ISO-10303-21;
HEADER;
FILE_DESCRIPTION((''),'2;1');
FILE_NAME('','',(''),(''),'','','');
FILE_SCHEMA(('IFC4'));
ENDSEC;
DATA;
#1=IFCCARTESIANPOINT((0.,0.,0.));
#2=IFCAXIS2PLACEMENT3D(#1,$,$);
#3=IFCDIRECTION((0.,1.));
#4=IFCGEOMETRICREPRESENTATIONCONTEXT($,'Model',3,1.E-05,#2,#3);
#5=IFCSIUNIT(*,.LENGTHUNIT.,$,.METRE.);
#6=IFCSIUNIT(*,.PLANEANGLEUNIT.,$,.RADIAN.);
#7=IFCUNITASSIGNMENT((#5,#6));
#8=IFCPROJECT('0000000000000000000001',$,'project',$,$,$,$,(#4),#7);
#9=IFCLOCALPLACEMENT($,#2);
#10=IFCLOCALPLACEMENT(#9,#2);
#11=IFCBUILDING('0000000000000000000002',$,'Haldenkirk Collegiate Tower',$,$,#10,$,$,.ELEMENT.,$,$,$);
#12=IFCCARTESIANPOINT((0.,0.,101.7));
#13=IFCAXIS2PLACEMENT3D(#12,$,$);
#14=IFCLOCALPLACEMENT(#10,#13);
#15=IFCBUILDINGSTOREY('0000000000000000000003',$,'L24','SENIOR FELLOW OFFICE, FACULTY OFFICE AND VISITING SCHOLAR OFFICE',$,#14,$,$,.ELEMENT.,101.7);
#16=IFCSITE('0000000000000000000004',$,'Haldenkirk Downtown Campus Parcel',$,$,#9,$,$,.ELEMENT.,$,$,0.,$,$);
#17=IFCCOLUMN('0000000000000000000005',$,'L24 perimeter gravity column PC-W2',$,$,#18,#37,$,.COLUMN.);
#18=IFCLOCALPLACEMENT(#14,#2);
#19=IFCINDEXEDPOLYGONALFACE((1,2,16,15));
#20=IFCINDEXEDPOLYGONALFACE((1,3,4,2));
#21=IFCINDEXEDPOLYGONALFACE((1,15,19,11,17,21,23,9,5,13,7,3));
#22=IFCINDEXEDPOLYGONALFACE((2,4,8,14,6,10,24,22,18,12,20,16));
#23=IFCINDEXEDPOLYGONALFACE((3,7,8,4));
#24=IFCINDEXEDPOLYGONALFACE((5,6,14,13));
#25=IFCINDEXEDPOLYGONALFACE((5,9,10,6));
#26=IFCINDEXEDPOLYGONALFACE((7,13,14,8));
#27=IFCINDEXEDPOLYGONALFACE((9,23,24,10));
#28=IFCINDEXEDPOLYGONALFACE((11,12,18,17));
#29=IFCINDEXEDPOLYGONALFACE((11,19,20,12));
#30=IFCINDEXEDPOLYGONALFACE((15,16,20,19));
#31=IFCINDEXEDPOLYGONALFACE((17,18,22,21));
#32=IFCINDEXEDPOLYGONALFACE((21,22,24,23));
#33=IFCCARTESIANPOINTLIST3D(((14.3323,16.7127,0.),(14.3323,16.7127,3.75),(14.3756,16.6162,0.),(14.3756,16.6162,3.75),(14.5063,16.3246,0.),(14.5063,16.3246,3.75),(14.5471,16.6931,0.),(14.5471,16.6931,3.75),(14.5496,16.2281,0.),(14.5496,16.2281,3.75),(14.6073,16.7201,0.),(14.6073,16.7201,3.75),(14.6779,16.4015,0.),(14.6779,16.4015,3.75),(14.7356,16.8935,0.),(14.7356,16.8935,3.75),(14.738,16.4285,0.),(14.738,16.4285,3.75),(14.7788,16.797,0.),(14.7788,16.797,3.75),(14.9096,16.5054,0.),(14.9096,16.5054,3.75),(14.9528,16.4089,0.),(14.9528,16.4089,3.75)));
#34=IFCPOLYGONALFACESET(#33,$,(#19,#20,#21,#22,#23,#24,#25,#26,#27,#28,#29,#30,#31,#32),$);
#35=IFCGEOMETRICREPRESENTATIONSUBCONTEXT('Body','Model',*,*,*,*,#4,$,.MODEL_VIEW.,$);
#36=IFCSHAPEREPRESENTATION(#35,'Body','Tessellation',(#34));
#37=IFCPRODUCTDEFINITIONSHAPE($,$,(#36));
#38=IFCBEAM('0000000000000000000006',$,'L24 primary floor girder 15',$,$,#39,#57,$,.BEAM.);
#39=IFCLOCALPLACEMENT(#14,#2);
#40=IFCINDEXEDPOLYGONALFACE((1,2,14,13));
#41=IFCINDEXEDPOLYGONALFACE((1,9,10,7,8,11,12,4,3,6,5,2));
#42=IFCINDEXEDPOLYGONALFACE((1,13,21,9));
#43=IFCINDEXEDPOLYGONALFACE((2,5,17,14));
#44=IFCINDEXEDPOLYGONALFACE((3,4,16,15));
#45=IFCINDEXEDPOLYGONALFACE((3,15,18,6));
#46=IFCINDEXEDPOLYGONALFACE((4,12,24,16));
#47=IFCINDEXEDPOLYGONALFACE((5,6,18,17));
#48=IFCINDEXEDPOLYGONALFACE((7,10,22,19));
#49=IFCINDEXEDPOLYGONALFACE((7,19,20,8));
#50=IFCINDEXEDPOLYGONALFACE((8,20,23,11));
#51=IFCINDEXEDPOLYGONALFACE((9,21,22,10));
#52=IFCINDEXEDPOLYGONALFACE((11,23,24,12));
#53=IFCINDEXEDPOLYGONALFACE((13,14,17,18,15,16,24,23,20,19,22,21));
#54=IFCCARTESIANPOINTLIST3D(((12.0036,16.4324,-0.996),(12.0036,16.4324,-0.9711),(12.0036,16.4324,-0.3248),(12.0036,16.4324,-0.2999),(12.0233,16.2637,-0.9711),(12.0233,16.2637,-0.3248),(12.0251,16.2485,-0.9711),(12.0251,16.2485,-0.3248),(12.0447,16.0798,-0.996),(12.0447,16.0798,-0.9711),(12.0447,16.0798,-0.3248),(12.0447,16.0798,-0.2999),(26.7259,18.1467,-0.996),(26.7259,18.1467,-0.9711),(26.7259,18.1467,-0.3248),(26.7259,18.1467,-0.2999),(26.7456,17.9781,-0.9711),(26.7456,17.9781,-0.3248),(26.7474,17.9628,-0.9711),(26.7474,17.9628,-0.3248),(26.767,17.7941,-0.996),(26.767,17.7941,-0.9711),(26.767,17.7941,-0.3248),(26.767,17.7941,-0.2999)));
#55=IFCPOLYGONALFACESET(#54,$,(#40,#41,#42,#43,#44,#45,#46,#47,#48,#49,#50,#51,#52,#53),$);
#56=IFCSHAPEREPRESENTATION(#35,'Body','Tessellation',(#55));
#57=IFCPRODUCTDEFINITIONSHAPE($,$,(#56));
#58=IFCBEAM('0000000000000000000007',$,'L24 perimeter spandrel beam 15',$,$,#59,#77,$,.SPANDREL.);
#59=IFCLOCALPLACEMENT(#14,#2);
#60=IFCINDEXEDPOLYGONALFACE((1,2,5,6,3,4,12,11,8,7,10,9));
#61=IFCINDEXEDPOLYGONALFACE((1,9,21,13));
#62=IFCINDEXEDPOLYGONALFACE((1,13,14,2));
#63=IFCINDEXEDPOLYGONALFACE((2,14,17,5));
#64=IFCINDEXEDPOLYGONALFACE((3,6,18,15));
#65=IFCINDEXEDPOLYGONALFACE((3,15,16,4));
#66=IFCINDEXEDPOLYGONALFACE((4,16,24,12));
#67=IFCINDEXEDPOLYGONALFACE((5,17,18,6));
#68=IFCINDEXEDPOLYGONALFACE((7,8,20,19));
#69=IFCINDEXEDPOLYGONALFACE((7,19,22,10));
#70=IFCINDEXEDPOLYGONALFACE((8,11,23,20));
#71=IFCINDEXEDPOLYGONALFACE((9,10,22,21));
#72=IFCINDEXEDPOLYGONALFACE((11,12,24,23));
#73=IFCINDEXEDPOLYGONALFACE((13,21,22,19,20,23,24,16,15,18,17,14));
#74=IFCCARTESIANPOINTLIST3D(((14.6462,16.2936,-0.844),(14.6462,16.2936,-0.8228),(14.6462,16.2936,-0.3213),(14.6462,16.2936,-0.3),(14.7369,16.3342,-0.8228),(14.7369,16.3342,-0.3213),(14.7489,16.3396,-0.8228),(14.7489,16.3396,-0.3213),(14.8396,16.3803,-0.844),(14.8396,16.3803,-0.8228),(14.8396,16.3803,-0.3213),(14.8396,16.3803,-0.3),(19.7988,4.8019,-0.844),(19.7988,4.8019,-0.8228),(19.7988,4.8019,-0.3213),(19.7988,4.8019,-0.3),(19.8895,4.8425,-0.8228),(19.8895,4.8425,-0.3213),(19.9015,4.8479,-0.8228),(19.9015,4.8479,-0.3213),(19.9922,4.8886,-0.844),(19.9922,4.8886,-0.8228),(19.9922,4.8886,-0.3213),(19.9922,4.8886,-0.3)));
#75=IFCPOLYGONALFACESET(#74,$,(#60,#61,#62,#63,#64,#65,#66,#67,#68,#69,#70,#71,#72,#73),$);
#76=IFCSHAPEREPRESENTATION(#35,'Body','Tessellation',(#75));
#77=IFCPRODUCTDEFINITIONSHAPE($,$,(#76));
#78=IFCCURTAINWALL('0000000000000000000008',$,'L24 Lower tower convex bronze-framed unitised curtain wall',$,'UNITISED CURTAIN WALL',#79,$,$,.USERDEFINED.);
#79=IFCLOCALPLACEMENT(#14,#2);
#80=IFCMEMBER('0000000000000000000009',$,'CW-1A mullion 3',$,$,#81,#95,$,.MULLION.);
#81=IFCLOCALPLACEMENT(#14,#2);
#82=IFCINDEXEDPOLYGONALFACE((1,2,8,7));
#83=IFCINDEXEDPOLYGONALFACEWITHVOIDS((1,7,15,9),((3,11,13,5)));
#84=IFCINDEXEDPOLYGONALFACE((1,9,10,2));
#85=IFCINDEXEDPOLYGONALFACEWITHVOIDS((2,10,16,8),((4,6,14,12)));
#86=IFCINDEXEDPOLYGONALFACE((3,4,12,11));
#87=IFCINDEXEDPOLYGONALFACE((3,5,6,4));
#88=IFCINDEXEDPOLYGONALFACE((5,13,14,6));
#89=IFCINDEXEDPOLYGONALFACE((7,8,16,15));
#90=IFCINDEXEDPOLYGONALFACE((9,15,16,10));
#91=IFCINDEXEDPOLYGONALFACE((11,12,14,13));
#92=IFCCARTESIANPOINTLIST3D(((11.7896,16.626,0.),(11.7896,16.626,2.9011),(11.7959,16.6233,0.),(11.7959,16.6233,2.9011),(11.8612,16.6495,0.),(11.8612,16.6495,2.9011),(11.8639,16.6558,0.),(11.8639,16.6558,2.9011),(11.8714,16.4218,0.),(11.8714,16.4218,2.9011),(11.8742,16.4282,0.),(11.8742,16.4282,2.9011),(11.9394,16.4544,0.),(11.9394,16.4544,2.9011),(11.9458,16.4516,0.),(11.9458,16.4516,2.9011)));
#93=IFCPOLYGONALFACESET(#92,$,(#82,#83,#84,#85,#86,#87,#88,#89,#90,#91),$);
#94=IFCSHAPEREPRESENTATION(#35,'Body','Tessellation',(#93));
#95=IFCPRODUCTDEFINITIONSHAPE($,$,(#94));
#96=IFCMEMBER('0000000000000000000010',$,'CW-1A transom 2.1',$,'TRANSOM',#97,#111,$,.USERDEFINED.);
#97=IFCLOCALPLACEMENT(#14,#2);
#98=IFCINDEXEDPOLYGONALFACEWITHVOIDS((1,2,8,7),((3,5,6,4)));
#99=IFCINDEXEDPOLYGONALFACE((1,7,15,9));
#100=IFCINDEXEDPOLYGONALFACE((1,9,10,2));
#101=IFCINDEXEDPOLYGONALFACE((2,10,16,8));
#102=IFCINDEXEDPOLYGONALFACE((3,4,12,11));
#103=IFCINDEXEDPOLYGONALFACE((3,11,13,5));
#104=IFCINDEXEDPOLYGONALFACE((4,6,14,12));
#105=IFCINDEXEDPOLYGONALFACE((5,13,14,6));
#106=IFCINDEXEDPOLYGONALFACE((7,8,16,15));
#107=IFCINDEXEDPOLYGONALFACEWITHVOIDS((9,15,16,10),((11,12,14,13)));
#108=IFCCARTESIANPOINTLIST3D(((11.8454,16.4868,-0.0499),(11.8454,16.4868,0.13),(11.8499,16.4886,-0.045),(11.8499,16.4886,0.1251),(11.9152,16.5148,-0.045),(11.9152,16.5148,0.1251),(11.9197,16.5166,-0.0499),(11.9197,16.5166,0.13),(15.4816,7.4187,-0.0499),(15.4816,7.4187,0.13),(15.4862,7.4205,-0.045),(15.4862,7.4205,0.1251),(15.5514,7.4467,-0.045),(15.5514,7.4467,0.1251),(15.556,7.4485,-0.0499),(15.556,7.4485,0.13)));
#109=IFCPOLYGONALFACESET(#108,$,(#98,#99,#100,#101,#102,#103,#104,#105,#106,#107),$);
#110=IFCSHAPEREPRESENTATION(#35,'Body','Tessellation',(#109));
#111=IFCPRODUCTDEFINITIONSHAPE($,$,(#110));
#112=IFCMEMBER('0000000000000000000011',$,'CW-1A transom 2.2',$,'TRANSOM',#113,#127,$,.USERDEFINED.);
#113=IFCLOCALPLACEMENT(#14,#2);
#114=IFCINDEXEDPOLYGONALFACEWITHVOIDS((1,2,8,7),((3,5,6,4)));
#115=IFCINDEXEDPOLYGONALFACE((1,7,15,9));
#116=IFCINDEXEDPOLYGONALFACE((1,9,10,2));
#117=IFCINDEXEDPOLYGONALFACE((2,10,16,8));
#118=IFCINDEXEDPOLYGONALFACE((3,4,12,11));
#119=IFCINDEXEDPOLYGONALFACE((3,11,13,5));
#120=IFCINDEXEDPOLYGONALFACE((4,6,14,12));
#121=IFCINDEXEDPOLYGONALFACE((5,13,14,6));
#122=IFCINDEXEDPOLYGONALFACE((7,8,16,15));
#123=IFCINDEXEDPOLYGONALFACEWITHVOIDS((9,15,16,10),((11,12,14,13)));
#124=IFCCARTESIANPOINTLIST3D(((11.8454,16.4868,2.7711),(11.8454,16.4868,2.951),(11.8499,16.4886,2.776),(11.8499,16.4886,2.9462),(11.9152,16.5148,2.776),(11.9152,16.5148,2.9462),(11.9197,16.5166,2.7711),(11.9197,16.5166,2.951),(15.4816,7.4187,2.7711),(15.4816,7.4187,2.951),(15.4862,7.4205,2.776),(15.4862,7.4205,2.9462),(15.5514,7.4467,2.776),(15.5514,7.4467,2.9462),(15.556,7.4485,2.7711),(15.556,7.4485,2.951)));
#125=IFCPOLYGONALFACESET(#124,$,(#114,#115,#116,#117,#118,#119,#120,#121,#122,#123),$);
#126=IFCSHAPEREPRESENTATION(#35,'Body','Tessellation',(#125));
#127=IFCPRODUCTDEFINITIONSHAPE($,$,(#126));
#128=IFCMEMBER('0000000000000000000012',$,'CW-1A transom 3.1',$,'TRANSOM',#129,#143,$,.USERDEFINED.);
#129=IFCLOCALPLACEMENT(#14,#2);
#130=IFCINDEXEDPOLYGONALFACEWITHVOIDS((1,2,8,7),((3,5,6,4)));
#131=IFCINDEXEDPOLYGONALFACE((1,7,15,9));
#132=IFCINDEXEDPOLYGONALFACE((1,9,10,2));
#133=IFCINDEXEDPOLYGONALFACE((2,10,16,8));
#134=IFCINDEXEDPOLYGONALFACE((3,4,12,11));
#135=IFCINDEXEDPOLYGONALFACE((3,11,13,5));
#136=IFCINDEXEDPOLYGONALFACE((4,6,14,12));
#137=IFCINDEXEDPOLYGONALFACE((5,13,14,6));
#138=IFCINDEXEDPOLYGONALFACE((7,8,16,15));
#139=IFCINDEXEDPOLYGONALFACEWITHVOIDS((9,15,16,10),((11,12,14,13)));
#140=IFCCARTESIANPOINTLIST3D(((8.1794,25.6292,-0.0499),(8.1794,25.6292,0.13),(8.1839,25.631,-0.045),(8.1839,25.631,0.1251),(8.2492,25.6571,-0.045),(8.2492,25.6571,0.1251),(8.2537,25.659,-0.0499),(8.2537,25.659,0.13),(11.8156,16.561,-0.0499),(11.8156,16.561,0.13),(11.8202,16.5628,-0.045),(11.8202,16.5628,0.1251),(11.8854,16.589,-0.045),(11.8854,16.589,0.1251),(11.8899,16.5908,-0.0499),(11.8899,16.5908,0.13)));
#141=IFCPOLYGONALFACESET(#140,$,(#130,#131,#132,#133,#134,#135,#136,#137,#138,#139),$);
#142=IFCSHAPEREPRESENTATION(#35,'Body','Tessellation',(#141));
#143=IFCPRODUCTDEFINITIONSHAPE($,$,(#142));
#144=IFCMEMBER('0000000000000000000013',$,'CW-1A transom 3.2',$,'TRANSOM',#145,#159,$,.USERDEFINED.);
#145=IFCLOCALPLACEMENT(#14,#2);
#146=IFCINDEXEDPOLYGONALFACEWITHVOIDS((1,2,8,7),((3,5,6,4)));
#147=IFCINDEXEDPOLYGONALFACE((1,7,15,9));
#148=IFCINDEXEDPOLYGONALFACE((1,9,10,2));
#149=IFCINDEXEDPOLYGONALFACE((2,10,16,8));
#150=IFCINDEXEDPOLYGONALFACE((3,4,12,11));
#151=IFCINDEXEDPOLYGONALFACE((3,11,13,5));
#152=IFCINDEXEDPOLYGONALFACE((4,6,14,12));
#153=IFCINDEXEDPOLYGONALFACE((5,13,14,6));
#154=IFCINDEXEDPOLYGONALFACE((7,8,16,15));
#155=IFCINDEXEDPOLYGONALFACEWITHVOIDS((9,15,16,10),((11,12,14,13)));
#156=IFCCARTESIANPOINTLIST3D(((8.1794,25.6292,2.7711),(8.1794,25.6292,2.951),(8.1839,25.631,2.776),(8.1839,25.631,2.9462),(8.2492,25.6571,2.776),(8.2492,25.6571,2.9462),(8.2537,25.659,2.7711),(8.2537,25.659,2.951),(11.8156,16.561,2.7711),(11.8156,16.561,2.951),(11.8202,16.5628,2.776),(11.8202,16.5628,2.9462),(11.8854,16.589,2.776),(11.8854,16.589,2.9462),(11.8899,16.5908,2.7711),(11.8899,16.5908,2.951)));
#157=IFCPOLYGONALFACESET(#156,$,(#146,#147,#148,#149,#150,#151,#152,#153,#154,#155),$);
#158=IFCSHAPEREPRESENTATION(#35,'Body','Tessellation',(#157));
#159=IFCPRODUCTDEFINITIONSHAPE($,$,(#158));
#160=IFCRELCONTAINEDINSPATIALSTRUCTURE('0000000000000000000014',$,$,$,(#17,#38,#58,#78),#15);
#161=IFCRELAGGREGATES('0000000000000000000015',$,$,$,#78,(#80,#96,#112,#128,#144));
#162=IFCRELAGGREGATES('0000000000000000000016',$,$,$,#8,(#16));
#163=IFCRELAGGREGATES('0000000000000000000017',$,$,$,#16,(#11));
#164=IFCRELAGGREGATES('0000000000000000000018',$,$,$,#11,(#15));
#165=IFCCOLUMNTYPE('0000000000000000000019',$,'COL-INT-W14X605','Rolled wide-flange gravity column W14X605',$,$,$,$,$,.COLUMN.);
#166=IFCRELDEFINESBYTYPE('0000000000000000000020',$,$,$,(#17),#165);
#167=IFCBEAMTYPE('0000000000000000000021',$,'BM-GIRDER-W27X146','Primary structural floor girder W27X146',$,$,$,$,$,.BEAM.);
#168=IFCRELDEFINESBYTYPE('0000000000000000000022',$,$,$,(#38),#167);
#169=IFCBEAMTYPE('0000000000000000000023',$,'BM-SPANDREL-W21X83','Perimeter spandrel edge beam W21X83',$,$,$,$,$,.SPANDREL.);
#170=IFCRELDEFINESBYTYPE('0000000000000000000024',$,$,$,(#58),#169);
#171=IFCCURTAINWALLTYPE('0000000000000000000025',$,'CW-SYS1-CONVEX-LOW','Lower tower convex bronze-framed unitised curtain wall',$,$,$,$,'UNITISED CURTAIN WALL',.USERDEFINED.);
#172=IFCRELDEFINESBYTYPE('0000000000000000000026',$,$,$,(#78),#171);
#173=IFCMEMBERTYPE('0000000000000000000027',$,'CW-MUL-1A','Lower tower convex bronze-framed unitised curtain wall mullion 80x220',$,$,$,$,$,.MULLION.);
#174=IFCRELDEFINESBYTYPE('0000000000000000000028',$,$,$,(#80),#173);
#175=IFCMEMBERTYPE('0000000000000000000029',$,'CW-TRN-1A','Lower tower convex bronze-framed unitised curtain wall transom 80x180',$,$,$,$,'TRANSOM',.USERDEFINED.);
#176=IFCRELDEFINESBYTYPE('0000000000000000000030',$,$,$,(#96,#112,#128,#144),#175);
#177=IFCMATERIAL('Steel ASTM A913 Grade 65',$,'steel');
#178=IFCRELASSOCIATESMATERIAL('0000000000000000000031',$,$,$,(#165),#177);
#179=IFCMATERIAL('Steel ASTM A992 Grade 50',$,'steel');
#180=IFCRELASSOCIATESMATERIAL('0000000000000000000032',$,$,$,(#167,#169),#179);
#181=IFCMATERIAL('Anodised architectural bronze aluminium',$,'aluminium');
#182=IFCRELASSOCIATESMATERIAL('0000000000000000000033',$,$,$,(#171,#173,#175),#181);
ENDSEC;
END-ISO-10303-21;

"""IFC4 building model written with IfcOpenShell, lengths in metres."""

from ifc_helpers import new_model, si_unit, direction, frame, origin, origin_2d, place, context, subcontext, project, spatial, hollow_rectangle, i_section, extrude, material, material_profile, profile_set, type_object, element, aggregate, save


model = new_model("IFC4")

# Units and contexts
model_context = context("Model", 3, precision=1e-05, world=origin(), true_north=direction((0.0, 1.0)))
body_context = subcontext(model_context, "Body", "Model", "MODEL_VIEW")
ifc_project = project(units=[si_unit("LENGTHUNIT", "METRE"), si_unit("PLANEANGLEUNIT", "RADIAN")], contexts=[model_context])

# Site, building, storey
site_placement = place(None, origin())
site = spatial("IfcSite", under=ifc_project, at=site_placement, Name="Haldenkirk Downtown Campus Parcel", CompositionType="ELEMENT", RefElevation=0.0)
building_placement = place(site_placement, origin())
building = spatial("IfcBuilding", under=site, at=building_placement, Name="Haldenkirk Collegiate Tower", CompositionType="ELEMENT")
storey_placement = place(building_placement, frame((0.0, 0.0, 101.7)))
storey = spatial("IfcBuildingStorey", under=building, at=storey_placement, Name="L24", Description="SENIOR FELLOW OFFICE, FACULTY OFFICE AND VISITING SCHOLAR OFFICE", CompositionType="ELEMENT", Elevation=101.7)

# Column
ifc_material_1 = material(Name="Steel ASTM A913 Grade 65", Category="steel")
ifc_material_profile_1 = material_profile(ifc_material_1, i_section(OverallWidth=0.4419, OverallDepth=0.531, WebThickness=0.0659, FlangeThickness=0.1057, at=origin_2d()), Name="W14X605")
ifc_profile_set_1 = profile_set([ifc_material_profile_1], Name="Steel ASTM A913 Grade 65")
column_type = type_object("IfcColumnType", Name="COL-INT-W14X605", Description="Rolled wide-flange gravity column W14X605", PredefinedType="COLUMN", material=ifc_profile_set_1)
column_placement = place(storey_placement, frame((14.6426, 16.5608, 0.0), z_axis=(0.0, 0.0, 1.0), x_axis=(0.912477, 0.409127, 0.0)))
element("IfcColumn", 1, at=column_placement, inside=storey, type_object=column_type, Name="L24 perimeter gravity column PC-W2", PredefinedType="COLUMN", context=body_context, shape_type="SweptSolid", body=[
    extrude(i_section(OverallWidth=0.4419, OverallDepth=0.531, WebThickness=0.0659, FlangeThickness=0.1057, at=origin_2d()), origin(), (0.0, 0.0, 1.0), 3.75),
])

# Beams
ifc_material_2 = material(Name="Steel ASTM A992 Grade 50", Category="steel")
ifc_material_profile_2 = material_profile(ifc_material_2, i_section(OverallWidth=0.355, OverallDepth=0.696, WebThickness=0.0154, FlangeThickness=0.0249, at=origin_2d()), Name="W27X146")
ifc_profile_set_2 = profile_set([ifc_material_profile_2], Name="Steel ASTM A992 Grade 50")
beam_type_1 = type_object("IfcBeamType", Name="BM-GIRDER-W27X146", Description="Primary structural floor girder W27X146", PredefinedType="BEAM", material=ifc_profile_set_2)
beam_1_placement = place(storey_placement, frame((12.0242, 16.2561, -0.6479), z_axis=(0.993288, 0.115664, 0.0), x_axis=(-0.115664, 0.993288, 0.0)))
element("IfcBeam", 2, at=beam_1_placement, inside=storey, type_object=beam_type_1, Name="L24 primary floor girder 15", PredefinedType="BEAM", context=body_context, shape_type="SweptSolid", body=[
    extrude(i_section(OverallWidth=0.355, OverallDepth=0.696, WebThickness=0.0154, FlangeThickness=0.0249, at=origin_2d()), origin(), (0.0, 0.0, 1.0), 14.8218),
])
ifc_material_profile_3 = material_profile(ifc_material_2, i_section(OverallWidth=0.2119, OverallDepth=0.5439, WebThickness=0.0132, FlangeThickness=0.0212, at=origin_2d()), Name="W21X83")
ifc_profile_set_3 = profile_set([ifc_material_profile_3], Name="Steel ASTM A992 Grade 50")
beam_type_2 = type_object("IfcBeamType", Name="BM-SPANDREL-W21X83", Description="Perimeter spandrel edge beam W21X83", PredefinedType="SPANDREL", material=ifc_profile_set_3)
beam_2_placement = place(storey_placement, frame((14.7429, 16.3369, -0.572), z_axis=(0.409131, -0.912476, 0.0), x_axis=(0.912476, 0.409131, 0.0)))
element("IfcBeam", 3, at=beam_2_placement, inside=storey, type_object=beam_type_2, Name="L24 perimeter spandrel beam 15", PredefinedType="SPANDREL", context=body_context, shape_type="SweptSolid", body=[
    extrude(i_section(OverallWidth=0.2119, OverallDepth=0.5439, WebThickness=0.0132, FlangeThickness=0.0212, at=origin_2d()), origin(), (0.0, 0.0, 1.0), 12.594),
])

# Curtain wall, members
ifc_material_3 = material(Name="Anodised architectural bronze aluminium", Category="aluminium")
curtain_wall_type = type_object("IfcCurtainWallType", Name="CW-SYS1-CONVEX-LOW", Description="Lower tower convex bronze-framed unitised curtain wall", ElementType="UNITISED CURTAIN WALL", PredefinedType="USERDEFINED", material=ifc_material_3)
curtain_wall_placement = place(storey_placement, origin())
curtain_wall = element("IfcCurtainWall", 4, at=curtain_wall_placement, inside=storey, type_object=curtain_wall_type, Name="L24 Lower tower convex bronze-framed unitised curtain wall", ObjectType="UNITISED CURTAIN WALL", PredefinedType="USERDEFINED")
ifc_material_profile_4 = material_profile(ifc_material_3, hollow_rectangle(XDim=0.0801, YDim=0.22, WallThickness=0.0049, at=origin_2d()), Name="CW-MUL-1A")
ifc_profile_set_4 = profile_set([ifc_material_profile_4], Name="Anodised architectural bronze aluminium")
member_type_1 = type_object("IfcMemberType", Name="CW-MUL-1A", Description="Lower tower convex bronze-framed unitised curtain wall mullion 80x220", PredefinedType="MULLION", material=ifc_profile_set_4)
member_1_placement = place(storey_placement, frame((11.8677, 16.5388, 0.0), z_axis=(0.0, 0.0, 1.0), x_axis=(-0.928163, -0.372175, 0.0)))
member_1 = element("IfcMember", 5, at=member_1_placement, type_object=member_type_1, Name="CW-1A mullion 3", PredefinedType="MULLION", context=body_context, shape_type="SweptSolid", body=[
    extrude(hollow_rectangle(XDim=0.0801, YDim=0.22, WallThickness=0.0049, at=origin_2d()), origin(), (0.0, 0.0, 1.0), 2.9011),
])
ifc_material_profile_5 = material_profile(ifc_material_3, hollow_rectangle(XDim=0.0801, YDim=0.1799, WallThickness=0.0049, at=origin_2d()), Name="CW-TRN-1A")
ifc_profile_set_5 = profile_set([ifc_material_profile_5], Name="Anodised architectural bronze aluminium")
member_type_2 = type_object("IfcMemberType", Name="CW-TRN-1A", Description="Lower tower convex bronze-framed unitised curtain wall transom 80x180", ElementType="TRANSOM", PredefinedType="USERDEFINED", material=ifc_profile_set_5)
member_2_placement = place(storey_placement, frame((15.5188, 7.4336, 0.04), z_axis=(-0.372183, 0.928159, 0.0), x_axis=(-0.928159, -0.372183, 0.0)))
member_2 = element("IfcMember", 6, at=member_2_placement, type_object=member_type_2, Name="CW-1A transom 2.1", ObjectType="TRANSOM", PredefinedType="USERDEFINED", context=body_context, shape_type="SweptSolid", body=[
    extrude(hollow_rectangle(XDim=0.0801, YDim=0.1799, WallThickness=0.0049, at=origin_2d()), origin(), (0.0, 0.0, 1.0), 9.77),
])
member_3_placement = place(storey_placement, frame((15.5188, 7.4336, 2.8611), z_axis=(-0.372183, 0.928159, 0.0), x_axis=(-0.928159, -0.372183, 0.0)))
member_3 = element("IfcMember", 7, at=member_3_placement, type_object=member_type_2, Name="CW-1A transom 2.2", ObjectType="TRANSOM", PredefinedType="USERDEFINED", context=body_context, shape_type="SweptSolid", body=[
    extrude(hollow_rectangle(XDim=0.0801, YDim=0.1799, WallThickness=0.0049, at=origin_2d()), origin(), (0.0, 0.0, 1.0), 9.77),
])
member_4_placement = place(storey_placement, frame((11.8528, 16.5759, 0.04), z_axis=(-0.372183, 0.928159, 0.0), x_axis=(-0.928159, -0.372183, 0.0)))
member_4 = element("IfcMember", 8, at=member_4_placement, type_object=member_type_2, Name="CW-1A transom 3.1", ObjectType="TRANSOM", PredefinedType="USERDEFINED", context=body_context, shape_type="SweptSolid", body=[
    extrude(hollow_rectangle(XDim=0.0801, YDim=0.1799, WallThickness=0.0049, at=origin_2d()), origin(), (0.0, 0.0, 1.0), 9.77),
])
member_5_placement = place(storey_placement, frame((11.8528, 16.5759, 2.8611), z_axis=(-0.372183, 0.928159, 0.0), x_axis=(-0.928159, -0.372183, 0.0)))
member_5 = element("IfcMember", 9, at=member_5_placement, type_object=member_type_2, Name="CW-1A transom 3.2", ObjectType="TRANSOM", PredefinedType="USERDEFINED", context=body_context, shape_type="SweptSolid", body=[
    extrude(hollow_rectangle(XDim=0.0801, YDim=0.1799, WallThickness=0.0049, at=origin_2d()), origin(), (0.0, 0.0, 1.0), 9.77),
])

aggregate(curtain_wall, [member_1, member_2, member_3, member_4, member_5])

save(model, "model.ifc")
